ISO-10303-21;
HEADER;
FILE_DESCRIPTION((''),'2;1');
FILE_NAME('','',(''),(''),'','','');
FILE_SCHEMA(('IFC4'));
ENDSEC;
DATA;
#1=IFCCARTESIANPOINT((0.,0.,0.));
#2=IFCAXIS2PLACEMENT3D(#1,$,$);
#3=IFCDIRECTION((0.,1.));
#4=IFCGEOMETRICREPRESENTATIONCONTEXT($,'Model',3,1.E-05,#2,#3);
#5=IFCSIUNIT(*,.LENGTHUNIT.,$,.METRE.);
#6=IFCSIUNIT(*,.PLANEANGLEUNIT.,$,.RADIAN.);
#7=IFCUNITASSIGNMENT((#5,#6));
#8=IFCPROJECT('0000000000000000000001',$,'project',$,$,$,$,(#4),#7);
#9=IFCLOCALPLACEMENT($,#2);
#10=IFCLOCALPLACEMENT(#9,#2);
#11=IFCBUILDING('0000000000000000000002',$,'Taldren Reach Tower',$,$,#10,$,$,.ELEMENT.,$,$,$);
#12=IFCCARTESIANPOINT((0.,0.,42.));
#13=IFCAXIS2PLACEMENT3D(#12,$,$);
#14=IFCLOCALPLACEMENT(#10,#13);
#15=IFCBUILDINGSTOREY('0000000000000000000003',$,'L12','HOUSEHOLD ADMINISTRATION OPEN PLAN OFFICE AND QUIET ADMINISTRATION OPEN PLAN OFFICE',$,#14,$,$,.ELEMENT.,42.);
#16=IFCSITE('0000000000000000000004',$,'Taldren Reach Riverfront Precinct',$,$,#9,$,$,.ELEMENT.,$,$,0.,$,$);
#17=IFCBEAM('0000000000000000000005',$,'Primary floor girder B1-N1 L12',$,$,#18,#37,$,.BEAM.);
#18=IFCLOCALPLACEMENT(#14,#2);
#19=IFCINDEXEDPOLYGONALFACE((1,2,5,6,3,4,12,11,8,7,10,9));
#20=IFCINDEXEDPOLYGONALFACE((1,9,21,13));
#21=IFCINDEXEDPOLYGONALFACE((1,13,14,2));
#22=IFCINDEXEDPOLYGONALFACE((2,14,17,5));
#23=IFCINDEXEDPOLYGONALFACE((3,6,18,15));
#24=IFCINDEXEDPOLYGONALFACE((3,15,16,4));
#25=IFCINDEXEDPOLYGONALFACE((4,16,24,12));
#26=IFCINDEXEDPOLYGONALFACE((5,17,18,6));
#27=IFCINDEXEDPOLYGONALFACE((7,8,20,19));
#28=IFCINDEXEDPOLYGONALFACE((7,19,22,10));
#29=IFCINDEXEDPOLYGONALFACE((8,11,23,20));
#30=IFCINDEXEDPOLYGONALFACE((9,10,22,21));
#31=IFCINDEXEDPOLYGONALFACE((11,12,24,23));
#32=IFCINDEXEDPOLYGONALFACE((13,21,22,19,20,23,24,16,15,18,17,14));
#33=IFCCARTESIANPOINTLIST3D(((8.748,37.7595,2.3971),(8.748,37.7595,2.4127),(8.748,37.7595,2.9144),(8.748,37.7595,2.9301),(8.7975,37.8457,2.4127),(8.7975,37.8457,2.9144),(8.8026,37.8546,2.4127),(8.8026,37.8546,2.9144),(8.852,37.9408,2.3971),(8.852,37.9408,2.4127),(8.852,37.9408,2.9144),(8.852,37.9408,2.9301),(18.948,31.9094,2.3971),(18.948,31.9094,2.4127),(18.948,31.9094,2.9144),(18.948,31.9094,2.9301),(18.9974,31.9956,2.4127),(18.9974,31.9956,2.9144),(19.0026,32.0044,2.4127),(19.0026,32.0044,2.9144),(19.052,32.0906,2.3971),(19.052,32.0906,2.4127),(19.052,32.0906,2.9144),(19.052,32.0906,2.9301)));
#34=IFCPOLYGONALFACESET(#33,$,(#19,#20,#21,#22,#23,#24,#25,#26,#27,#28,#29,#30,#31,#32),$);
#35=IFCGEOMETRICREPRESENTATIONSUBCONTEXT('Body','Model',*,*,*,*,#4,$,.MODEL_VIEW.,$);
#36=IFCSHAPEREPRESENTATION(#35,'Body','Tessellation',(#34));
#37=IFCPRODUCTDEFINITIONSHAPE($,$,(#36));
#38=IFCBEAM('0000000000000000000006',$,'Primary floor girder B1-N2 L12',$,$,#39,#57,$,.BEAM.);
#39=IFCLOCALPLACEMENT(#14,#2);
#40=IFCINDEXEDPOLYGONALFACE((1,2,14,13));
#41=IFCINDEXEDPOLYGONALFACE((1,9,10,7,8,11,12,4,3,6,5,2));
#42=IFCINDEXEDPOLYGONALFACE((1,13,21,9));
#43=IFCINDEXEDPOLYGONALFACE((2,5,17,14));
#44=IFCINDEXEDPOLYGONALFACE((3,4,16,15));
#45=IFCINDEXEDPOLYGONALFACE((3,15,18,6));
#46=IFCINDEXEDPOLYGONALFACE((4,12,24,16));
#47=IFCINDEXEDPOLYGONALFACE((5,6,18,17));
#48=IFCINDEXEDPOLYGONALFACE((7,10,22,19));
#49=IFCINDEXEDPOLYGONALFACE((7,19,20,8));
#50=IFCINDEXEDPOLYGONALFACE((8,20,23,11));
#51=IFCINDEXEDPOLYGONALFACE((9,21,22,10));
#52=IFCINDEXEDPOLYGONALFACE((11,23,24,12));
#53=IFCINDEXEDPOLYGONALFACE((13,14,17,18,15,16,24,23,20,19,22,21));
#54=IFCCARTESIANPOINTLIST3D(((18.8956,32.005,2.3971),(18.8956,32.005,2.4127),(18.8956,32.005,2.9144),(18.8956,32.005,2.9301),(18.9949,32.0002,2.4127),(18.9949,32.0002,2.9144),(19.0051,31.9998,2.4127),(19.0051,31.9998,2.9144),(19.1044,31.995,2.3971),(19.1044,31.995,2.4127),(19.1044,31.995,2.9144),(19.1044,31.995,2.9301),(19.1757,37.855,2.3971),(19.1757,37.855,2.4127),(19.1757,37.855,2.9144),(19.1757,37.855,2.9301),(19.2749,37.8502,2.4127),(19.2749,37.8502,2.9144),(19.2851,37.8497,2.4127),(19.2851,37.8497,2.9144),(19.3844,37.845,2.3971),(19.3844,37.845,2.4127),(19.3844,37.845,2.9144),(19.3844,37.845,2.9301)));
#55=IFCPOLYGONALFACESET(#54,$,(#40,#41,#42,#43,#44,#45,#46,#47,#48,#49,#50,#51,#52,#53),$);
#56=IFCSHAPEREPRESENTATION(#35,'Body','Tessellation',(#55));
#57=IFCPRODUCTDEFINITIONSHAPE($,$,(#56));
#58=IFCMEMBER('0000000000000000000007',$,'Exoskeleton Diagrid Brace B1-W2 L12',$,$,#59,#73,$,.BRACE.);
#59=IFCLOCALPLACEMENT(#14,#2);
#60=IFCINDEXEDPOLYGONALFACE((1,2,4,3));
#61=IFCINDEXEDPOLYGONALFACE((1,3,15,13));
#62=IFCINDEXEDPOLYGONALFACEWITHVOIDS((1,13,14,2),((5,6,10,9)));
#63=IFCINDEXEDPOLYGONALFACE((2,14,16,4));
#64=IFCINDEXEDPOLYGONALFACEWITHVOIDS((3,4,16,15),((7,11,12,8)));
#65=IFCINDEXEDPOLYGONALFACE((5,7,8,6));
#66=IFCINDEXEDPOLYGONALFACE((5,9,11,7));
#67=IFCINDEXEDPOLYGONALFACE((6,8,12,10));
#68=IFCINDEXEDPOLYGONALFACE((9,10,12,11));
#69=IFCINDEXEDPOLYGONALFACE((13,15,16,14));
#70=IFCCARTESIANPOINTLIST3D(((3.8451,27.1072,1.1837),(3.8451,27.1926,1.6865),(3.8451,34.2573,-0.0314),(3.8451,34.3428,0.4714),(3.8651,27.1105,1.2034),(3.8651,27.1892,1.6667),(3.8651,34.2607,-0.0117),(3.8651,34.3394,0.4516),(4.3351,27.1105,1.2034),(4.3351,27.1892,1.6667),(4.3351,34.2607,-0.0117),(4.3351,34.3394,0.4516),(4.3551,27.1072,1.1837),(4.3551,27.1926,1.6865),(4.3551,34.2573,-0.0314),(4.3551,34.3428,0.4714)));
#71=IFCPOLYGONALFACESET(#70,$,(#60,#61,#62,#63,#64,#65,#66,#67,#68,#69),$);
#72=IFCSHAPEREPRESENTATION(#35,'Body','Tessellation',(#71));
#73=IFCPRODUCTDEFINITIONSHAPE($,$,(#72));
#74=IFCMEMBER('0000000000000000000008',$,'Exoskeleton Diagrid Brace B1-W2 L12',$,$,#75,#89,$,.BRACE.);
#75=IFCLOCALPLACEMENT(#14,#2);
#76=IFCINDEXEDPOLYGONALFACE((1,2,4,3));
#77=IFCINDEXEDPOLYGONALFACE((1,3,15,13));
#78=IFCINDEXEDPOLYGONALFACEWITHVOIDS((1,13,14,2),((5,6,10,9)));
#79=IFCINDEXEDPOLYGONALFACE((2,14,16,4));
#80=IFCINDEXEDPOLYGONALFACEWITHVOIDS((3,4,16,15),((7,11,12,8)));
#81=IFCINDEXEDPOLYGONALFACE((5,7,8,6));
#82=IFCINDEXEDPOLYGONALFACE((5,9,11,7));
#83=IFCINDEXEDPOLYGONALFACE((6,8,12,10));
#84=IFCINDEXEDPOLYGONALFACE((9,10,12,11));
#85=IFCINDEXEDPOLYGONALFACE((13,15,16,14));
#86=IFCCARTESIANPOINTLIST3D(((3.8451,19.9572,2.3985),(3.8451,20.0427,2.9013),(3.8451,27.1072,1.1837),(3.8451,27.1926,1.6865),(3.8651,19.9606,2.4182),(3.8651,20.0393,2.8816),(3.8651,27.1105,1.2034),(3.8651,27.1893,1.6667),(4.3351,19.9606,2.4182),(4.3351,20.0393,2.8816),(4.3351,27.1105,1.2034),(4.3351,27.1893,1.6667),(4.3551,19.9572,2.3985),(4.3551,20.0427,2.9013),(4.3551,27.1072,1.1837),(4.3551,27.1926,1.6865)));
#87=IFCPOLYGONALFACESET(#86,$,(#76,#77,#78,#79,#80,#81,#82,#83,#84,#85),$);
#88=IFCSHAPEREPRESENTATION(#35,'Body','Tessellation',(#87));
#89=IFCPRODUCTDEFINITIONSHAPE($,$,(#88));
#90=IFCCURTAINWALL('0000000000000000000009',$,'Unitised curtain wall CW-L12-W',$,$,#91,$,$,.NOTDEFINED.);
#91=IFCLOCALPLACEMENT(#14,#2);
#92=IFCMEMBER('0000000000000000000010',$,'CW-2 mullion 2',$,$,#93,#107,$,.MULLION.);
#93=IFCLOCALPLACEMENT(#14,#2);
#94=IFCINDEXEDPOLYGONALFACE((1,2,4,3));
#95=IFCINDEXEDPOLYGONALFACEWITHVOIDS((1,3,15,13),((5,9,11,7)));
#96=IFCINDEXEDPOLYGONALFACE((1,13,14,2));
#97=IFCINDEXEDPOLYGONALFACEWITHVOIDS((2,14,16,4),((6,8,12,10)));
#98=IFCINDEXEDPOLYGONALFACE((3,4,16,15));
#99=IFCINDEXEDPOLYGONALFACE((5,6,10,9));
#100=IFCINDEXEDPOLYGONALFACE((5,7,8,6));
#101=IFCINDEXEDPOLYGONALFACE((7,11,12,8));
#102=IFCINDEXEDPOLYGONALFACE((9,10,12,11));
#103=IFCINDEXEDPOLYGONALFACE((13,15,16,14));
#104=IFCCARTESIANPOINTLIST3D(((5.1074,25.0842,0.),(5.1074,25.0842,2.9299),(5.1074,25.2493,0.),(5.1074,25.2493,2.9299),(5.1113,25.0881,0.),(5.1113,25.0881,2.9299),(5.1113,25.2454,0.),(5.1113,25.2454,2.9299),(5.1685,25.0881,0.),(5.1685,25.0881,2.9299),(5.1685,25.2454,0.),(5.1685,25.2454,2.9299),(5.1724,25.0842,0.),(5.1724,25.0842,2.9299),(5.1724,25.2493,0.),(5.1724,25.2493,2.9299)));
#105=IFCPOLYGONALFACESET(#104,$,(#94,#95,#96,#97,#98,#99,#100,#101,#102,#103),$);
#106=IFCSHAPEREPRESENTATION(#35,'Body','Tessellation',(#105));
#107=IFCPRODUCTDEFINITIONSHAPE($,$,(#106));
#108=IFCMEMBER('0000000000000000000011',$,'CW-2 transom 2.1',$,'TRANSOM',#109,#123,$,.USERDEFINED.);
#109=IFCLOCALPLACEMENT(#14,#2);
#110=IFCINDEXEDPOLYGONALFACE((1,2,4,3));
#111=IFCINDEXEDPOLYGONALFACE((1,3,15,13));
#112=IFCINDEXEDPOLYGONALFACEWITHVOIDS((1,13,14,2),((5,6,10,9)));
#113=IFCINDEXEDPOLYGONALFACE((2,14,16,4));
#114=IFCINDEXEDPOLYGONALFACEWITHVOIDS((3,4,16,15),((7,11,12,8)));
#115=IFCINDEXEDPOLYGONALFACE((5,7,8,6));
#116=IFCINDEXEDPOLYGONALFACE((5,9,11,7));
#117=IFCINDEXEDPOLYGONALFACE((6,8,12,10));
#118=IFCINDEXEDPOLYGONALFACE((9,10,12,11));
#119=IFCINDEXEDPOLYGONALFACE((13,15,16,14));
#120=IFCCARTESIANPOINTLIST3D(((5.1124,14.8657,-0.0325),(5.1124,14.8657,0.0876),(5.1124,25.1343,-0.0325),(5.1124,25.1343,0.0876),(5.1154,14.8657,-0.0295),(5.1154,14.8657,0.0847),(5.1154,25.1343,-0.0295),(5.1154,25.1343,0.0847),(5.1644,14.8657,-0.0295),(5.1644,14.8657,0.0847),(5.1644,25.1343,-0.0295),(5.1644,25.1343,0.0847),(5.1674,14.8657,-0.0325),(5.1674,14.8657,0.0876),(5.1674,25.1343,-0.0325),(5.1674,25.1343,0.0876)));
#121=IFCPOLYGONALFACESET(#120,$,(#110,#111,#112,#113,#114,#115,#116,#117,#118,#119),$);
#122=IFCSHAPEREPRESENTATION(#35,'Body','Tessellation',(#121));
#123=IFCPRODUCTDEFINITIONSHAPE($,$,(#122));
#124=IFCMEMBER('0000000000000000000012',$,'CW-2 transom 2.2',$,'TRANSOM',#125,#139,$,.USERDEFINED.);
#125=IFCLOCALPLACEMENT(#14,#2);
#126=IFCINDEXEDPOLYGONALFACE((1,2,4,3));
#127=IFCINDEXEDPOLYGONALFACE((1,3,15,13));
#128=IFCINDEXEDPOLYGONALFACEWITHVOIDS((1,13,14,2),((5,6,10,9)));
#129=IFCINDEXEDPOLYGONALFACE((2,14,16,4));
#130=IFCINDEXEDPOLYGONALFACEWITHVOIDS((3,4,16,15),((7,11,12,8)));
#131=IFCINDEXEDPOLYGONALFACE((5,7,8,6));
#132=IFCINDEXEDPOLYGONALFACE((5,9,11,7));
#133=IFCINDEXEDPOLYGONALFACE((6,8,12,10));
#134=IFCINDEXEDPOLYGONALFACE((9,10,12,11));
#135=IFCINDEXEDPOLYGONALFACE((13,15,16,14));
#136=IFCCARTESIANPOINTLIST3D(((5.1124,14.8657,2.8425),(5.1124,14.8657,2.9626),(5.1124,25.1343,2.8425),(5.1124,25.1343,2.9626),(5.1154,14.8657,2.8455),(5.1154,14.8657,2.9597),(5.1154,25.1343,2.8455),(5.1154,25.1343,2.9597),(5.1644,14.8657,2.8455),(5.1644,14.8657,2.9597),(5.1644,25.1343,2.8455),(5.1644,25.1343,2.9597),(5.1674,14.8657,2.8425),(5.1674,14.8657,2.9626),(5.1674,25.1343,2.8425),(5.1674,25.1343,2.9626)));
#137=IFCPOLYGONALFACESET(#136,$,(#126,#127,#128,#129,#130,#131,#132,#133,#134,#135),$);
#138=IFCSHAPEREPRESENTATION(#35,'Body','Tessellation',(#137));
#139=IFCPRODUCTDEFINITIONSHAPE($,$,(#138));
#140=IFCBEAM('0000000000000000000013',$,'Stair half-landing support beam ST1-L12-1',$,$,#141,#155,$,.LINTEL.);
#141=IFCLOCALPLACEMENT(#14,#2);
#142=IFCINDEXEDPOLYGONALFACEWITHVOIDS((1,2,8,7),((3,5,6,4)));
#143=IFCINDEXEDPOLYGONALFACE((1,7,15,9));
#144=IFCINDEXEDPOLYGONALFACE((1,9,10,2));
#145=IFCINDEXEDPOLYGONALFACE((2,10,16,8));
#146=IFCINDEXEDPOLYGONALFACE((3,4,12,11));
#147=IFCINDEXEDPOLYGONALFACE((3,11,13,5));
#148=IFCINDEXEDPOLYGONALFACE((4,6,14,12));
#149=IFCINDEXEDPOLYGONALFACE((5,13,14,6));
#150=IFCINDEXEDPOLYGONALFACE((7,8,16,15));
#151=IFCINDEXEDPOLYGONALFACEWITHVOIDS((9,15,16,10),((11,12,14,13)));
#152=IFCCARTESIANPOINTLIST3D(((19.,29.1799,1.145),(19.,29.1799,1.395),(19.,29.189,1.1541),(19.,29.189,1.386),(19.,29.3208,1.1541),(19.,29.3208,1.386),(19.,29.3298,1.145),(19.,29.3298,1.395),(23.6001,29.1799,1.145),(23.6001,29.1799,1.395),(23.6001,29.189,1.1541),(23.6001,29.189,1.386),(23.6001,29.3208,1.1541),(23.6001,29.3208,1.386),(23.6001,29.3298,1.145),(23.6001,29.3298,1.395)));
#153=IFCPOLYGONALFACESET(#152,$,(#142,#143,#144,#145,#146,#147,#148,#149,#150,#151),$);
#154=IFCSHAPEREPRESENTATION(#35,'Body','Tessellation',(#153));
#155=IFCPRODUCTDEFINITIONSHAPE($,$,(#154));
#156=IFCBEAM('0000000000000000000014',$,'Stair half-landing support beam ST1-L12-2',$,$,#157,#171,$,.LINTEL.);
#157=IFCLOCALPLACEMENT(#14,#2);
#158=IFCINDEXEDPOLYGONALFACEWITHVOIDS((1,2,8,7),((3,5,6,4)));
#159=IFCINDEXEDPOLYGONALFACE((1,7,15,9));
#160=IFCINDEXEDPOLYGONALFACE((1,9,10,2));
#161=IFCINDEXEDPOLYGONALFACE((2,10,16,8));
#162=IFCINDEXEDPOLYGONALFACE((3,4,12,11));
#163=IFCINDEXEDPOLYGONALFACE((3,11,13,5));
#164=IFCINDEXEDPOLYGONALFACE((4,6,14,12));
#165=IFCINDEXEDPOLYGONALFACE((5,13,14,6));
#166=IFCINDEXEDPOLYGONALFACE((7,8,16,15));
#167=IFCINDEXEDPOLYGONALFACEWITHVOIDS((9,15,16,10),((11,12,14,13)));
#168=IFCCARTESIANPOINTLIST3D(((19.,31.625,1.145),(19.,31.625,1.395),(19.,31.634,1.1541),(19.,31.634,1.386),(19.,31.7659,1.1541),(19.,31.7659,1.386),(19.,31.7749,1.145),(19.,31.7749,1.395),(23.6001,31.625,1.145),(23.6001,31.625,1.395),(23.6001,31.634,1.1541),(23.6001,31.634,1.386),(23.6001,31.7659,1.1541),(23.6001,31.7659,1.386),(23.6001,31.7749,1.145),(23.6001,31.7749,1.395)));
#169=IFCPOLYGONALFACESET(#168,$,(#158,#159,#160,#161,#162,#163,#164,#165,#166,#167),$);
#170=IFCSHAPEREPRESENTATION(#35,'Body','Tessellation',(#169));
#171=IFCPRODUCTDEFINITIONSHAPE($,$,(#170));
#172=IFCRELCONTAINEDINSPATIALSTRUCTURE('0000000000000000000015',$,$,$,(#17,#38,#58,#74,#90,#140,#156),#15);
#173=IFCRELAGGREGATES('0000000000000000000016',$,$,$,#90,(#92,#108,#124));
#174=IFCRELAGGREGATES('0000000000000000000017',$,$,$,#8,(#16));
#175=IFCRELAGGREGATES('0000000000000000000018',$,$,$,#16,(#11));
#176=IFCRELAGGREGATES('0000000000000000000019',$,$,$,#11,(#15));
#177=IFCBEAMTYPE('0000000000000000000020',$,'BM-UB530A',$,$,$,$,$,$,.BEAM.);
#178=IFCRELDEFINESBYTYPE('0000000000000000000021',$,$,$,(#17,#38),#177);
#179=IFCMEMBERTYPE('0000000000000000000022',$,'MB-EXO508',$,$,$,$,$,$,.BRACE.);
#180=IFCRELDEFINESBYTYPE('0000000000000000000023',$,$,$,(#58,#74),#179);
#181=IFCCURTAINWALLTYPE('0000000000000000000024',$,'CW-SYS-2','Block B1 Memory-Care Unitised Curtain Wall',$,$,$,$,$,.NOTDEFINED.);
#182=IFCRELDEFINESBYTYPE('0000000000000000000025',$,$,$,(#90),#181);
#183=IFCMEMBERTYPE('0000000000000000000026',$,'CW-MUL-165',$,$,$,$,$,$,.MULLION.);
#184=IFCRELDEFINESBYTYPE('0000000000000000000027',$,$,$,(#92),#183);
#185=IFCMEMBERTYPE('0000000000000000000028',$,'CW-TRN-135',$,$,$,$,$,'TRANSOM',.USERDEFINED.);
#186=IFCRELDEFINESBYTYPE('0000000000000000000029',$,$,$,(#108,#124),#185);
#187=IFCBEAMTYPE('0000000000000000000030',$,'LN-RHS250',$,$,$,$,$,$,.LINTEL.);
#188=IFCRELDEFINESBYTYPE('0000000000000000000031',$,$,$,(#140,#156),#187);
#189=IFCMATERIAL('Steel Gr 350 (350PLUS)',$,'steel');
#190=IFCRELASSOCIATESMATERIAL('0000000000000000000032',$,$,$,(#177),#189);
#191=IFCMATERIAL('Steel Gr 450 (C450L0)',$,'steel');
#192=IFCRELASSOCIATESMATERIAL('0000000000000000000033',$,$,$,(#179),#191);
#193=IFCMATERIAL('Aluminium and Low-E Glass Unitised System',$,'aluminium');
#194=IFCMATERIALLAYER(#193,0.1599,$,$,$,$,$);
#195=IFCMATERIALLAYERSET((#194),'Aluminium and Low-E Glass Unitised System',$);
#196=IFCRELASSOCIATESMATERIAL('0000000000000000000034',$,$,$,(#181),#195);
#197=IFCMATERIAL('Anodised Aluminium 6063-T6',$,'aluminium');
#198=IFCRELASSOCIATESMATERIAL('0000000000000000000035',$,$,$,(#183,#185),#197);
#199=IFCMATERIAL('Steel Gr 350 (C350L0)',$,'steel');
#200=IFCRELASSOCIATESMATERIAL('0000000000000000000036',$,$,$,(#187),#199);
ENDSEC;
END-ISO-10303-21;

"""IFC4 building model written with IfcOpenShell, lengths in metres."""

from ifc_helpers import new_model, si_unit, direction, frame, origin, origin_2d, place, context, subcontext, project, spatial, hollow_rectangle, i_section, extrude, source, transform, mapped, material, layer, layer_set, material_profile, profile_set, type_object, element, aggregate, save


model = new_model("IFC4")

# Units and contexts
model_context = context("Model", 3, precision=1e-05, world=origin(), true_north=direction((0.0, 1.0)))
body_context = subcontext(model_context, "Body", "Model", "MODEL_VIEW")
ifc_project = project(units=[si_unit("LENGTHUNIT", "METRE"), si_unit("PLANEANGLEUNIT", "RADIAN")], contexts=[model_context])

# Site, building, storey
site_placement = place(None, origin())
site = spatial("IfcSite", under=ifc_project, at=site_placement, Name="Taldren Reach Riverfront Precinct", CompositionType="ELEMENT", RefElevation=0.0)
building_placement = place(site_placement, origin())
building = spatial("IfcBuilding", under=site, at=building_placement, Name="Taldren Reach Tower", CompositionType="ELEMENT")
storey_placement = place(building_placement, frame((0.0, 0.0, 42.0)))
storey = spatial("IfcBuildingStorey", under=building, at=storey_placement, Name="L12", Description="HOUSEHOLD ADMINISTRATION OPEN PLAN OFFICE AND QUIET ADMINISTRATION OPEN PLAN OFFICE", CompositionType="ELEMENT", Elevation=42.0)

# Shared definitions
ifc_material_1 = material(Name="Steel Gr 350 (350PLUS)", Category="steel")

# Beams
ifc_material_profile_1 = material_profile(ifc_material_1, i_section(OverallWidth=0.209, OverallDepth=0.533, WebThickness=0.0103, FlangeThickness=0.0156, at=origin_2d()), Name="530UB92.4")
ifc_profile_set_1 = profile_set([ifc_material_profile_1], Name="Steel Gr 350 (350PLUS)")
beam_type_1 = type_object("IfcBeamType", Name="BM-UB530A", PredefinedType="BEAM", material=ifc_profile_set_1)
shared_shape_1 = source(origin(), body_context, "Body", "SweptSolid", [
    extrude(i_section(OverallWidth=0.209, OverallDepth=0.533, WebThickness=0.0103, FlangeThickness=0.0156, at=origin_2d()), origin(), (0.0, 0.0, 1.0), 11.7585),
])
beam_1_placement = place(storey_placement, frame((19.0, 32.0, 2.6636), z_axis=(-0.867452, 0.49752, 0.0), x_axis=(-0.49752, -0.867452, 0.0)))
element("IfcBeam", 1, at=beam_1_placement, inside=storey, type_object=beam_type_1, Name="Primary floor girder B1-N1 L12", PredefinedType="BEAM", context=body_context, shape_type="MappedRepresentation", body=[
    mapped(shared_shape_1, transform((0.0, 0.0, 0.0), scale=1.0)),
])
shared_shape_2 = source(origin(), body_context, "Body", "SweptSolid", [
    extrude(i_section(OverallWidth=0.209, OverallDepth=0.533, WebThickness=0.0103, FlangeThickness=0.0156, at=origin_2d()), origin(), (0.0, 0.0, 1.0), 5.8567),
])
beam_2_placement = place(storey_placement, frame((19.0, 32.0, 2.6636), z_axis=(0.047813, 0.998856, 0.0), x_axis=(-0.998856, 0.047813, 0.0)))
element("IfcBeam", 2, at=beam_2_placement, inside=storey, type_object=beam_type_1, Name="Primary floor girder B1-N2 L12", PredefinedType="BEAM", context=body_context, shape_type="MappedRepresentation", body=[
    mapped(shared_shape_2, transform((0.0, 0.0, 0.0), scale=1.0)),
])

# Members
ifc_material_2 = material(Name="Steel Gr 450 (C450L0)", Category="steel")
ifc_material_profile_2 = material_profile(ifc_material_2, hollow_rectangle(XDim=0.51, YDim=0.51, WallThickness=0.02, at=origin_2d()), Name="510x510x20.0SHS")
ifc_profile_set_2 = profile_set([ifc_material_profile_2], Name="Steel Gr 450 (C450L0)")
member_type_1 = type_object("IfcMemberType", Name="MB-EXO508", PredefinedType="BRACE", material=ifc_profile_set_2)
shared_shape_3 = source(origin(), body_context, "Body", "SweptSolid", [
    extrude(hollow_rectangle(XDim=0.51, YDim=0.51, WallThickness=0.02, at=origin_2d()), origin(), (0.0, 0.0, 1.0), 7.2527),
])
member_1_placement = place(storey_placement, frame((4.1001, 34.3, 0.22), z_axis=(0.0, -0.985866, 0.167537), x_axis=(1.0, 0.0, 0.0)))
element("IfcMember", 3, at=member_1_placement, inside=storey, type_object=member_type_1, Name="Exoskeleton Diagrid Brace B1-W2 L12", PredefinedType="BRACE", context=body_context, shape_type="MappedRepresentation", body=[
    mapped(shared_shape_3, transform((0.0, 0.0, 0.0), scale=1.0)),
])
shared_shape_4 = source(origin(), body_context, "Body", "SweptSolid", [
    extrude(hollow_rectangle(XDim=0.51, YDim=0.51, WallThickness=0.02, at=origin_2d()), origin(), (0.0, 0.0, 1.0), 7.2524),
])
member_2_placement = place(storey_placement, frame((4.1001, 27.1499, 1.4351), z_axis=(0.0, -0.98587, 0.16751), x_axis=(1.0, 0.0, 0.0)))
element("IfcMember", 4, at=member_2_placement, inside=storey, type_object=member_type_1, Name="Exoskeleton Diagrid Brace B1-W2 L12", PredefinedType="BRACE", context=body_context, shape_type="MappedRepresentation", body=[
    mapped(shared_shape_4, transform((0.0, 0.0, 0.0), scale=1.0)),
])

# Curtain wall, members
ifc_material_3 = material(Name="Aluminium and Low-E Glass Unitised System", Category="aluminium")
ifc_layer_1 = layer(ifc_material_3, 0.1599)
ifc_layer_set_1 = layer_set([ifc_layer_1], Name="Aluminium and Low-E Glass Unitised System")
curtain_wall_type = type_object("IfcCurtainWallType", Name="CW-SYS-2", Description="Block B1 Memory-Care Unitised Curtain Wall", PredefinedType="NOTDEFINED", material=ifc_layer_set_1)
curtain_wall_placement = place(storey_placement, origin())
curtain_wall = element("IfcCurtainWall", 5, at=curtain_wall_placement, inside=storey, type_object=curtain_wall_type, Name="Unitised curtain wall CW-L12-W", PredefinedType="NOTDEFINED")
ifc_material_4 = material(Name="Anodised Aluminium 6063-T6", Category="aluminium")
ifc_material_profile_3 = material_profile(ifc_material_4, hollow_rectangle(XDim=0.0649, YDim=0.165, WallThickness=0.0039, at=origin_2d()), Name="ALU-165x65x4RHS")
ifc_profile_set_3 = profile_set([ifc_material_profile_3], Name="Anodised Aluminium 6063-T6")
member_type_2 = type_object("IfcMemberType", Name="CW-MUL-165", PredefinedType="MULLION", material=ifc_profile_set_3)
shared_shape_5 = source(origin(), body_context, "Body", "SweptSolid", [
    extrude(hollow_rectangle(XDim=0.0649, YDim=0.165, WallThickness=0.0039, at=origin_2d()), origin(), (0.0, 0.0, 1.0), 2.9299),
])
member_3_placement = place(storey_placement, frame((5.1399, 25.1667, 0.0), z_axis=(0.0, 0.0, 1.0), x_axis=(1.0, 0.0, 0.0)))
member_3 = element("IfcMember", 6, at=member_3_placement, type_object=member_type_2, Name="CW-2 mullion 2", PredefinedType="MULLION", context=body_context, shape_type="MappedRepresentation", body=[
    mapped(shared_shape_5, transform((0.0, 0.0, 0.0), scale=1.0)),
])
ifc_material_profile_4 = material_profile(ifc_material_4, hollow_rectangle(XDim=0.0549, YDim=0.1201, WallThickness=0.0029, at=origin_2d()), Name="ALU-120x55x3RHS")
ifc_profile_set_4 = profile_set([ifc_material_profile_4], Name="Anodised Aluminium 6063-T6")
member_type_3 = type_object("IfcMemberType", Name="CW-TRN-135", ElementType="TRANSOM", PredefinedType="USERDEFINED", material=ifc_profile_set_4)
shared_shape_6 = source(origin(), body_context, "Body", "SweptSolid", [
    extrude(hollow_rectangle(XDim=0.0549, YDim=0.1201, WallThickness=0.0029, at=origin_2d()), origin(), (0.0, 0.0, 1.0), 10.2686),
])
member_4_placement = place(storey_placement, frame((5.1399, 25.1343, 0.0276), z_axis=(0.0, -1.0, 0.0), x_axis=(1.0, 0.0, 0.0)))
member_4 = element("IfcMember", 7, at=member_4_placement, type_object=member_type_3, Name="CW-2 transom 2.1", ObjectType="TRANSOM", PredefinedType="USERDEFINED", context=body_context, shape_type="MappedRepresentation", body=[
    mapped(shared_shape_6, transform((0.0, 0.0, 0.0), scale=1.0)),
])
member_5_placement = place(storey_placement, frame((5.1399, 25.1343, 2.9026), z_axis=(0.0, -1.0, 0.0), x_axis=(1.0, 0.0, 0.0)))
member_5 = element("IfcMember", 8, at=member_5_placement, type_object=member_type_3, Name="CW-2 transom 2.2", ObjectType="TRANSOM", PredefinedType="USERDEFINED", context=body_context, shape_type="MappedRepresentation", body=[
    mapped(shared_shape_6, transform((0.0, 0.0, 0.0), scale=1.0)),
])

# Beams
ifc_material_5 = material(Name="Steel Gr 350 (C350L0)", Category="steel")
ifc_material_profile_5 = material_profile(ifc_material_5, hollow_rectangle(XDim=0.1499, YDim=0.25, WallThickness=0.009, at=origin_2d()), Name="250x150x9.0RHS")
ifc_profile_set_5 = profile_set([ifc_material_profile_5], Name="Steel Gr 350 (C350L0)")
beam_type_2 = type_object("IfcBeamType", Name="LN-RHS250", PredefinedType="LINTEL", material=ifc_profile_set_5)
shared_shape_7 = source(origin(), body_context, "Body", "SweptSolid", [
    extrude(hollow_rectangle(XDim=0.1499, YDim=0.25, WallThickness=0.009, at=origin_2d()), origin(), (0.0, 0.0, 1.0), 4.6001),
])
for number, where, z_axis, x_axis, name in (
    (9, (19.0, 29.2549, 1.27), (1.0, 0.0, 0.0), (0.0, 1.0, 0.0), "Stair half-landing support beam ST1-L12-1"),
    (10, (19.0, 31.7, 1.27), (1.0, 0.0, 0.0), (0.0, 1.0, 0.0), "Stair half-landing support beam ST1-L12-2"),
):
    element("IfcBeam", number, at=place(storey_placement, frame(where, z_axis=z_axis, x_axis=x_axis)), inside=storey, type_object=beam_type_2, Name=name, PredefinedType="LINTEL", context=body_context, shape_type="MappedRepresentation", body=[
        mapped(shared_shape_7, transform((0.0, 0.0, 0.0), scale=1.0)),
    ])

aggregate(curtain_wall, [member_3, member_4, member_5])

save(model, "model.ifc")
